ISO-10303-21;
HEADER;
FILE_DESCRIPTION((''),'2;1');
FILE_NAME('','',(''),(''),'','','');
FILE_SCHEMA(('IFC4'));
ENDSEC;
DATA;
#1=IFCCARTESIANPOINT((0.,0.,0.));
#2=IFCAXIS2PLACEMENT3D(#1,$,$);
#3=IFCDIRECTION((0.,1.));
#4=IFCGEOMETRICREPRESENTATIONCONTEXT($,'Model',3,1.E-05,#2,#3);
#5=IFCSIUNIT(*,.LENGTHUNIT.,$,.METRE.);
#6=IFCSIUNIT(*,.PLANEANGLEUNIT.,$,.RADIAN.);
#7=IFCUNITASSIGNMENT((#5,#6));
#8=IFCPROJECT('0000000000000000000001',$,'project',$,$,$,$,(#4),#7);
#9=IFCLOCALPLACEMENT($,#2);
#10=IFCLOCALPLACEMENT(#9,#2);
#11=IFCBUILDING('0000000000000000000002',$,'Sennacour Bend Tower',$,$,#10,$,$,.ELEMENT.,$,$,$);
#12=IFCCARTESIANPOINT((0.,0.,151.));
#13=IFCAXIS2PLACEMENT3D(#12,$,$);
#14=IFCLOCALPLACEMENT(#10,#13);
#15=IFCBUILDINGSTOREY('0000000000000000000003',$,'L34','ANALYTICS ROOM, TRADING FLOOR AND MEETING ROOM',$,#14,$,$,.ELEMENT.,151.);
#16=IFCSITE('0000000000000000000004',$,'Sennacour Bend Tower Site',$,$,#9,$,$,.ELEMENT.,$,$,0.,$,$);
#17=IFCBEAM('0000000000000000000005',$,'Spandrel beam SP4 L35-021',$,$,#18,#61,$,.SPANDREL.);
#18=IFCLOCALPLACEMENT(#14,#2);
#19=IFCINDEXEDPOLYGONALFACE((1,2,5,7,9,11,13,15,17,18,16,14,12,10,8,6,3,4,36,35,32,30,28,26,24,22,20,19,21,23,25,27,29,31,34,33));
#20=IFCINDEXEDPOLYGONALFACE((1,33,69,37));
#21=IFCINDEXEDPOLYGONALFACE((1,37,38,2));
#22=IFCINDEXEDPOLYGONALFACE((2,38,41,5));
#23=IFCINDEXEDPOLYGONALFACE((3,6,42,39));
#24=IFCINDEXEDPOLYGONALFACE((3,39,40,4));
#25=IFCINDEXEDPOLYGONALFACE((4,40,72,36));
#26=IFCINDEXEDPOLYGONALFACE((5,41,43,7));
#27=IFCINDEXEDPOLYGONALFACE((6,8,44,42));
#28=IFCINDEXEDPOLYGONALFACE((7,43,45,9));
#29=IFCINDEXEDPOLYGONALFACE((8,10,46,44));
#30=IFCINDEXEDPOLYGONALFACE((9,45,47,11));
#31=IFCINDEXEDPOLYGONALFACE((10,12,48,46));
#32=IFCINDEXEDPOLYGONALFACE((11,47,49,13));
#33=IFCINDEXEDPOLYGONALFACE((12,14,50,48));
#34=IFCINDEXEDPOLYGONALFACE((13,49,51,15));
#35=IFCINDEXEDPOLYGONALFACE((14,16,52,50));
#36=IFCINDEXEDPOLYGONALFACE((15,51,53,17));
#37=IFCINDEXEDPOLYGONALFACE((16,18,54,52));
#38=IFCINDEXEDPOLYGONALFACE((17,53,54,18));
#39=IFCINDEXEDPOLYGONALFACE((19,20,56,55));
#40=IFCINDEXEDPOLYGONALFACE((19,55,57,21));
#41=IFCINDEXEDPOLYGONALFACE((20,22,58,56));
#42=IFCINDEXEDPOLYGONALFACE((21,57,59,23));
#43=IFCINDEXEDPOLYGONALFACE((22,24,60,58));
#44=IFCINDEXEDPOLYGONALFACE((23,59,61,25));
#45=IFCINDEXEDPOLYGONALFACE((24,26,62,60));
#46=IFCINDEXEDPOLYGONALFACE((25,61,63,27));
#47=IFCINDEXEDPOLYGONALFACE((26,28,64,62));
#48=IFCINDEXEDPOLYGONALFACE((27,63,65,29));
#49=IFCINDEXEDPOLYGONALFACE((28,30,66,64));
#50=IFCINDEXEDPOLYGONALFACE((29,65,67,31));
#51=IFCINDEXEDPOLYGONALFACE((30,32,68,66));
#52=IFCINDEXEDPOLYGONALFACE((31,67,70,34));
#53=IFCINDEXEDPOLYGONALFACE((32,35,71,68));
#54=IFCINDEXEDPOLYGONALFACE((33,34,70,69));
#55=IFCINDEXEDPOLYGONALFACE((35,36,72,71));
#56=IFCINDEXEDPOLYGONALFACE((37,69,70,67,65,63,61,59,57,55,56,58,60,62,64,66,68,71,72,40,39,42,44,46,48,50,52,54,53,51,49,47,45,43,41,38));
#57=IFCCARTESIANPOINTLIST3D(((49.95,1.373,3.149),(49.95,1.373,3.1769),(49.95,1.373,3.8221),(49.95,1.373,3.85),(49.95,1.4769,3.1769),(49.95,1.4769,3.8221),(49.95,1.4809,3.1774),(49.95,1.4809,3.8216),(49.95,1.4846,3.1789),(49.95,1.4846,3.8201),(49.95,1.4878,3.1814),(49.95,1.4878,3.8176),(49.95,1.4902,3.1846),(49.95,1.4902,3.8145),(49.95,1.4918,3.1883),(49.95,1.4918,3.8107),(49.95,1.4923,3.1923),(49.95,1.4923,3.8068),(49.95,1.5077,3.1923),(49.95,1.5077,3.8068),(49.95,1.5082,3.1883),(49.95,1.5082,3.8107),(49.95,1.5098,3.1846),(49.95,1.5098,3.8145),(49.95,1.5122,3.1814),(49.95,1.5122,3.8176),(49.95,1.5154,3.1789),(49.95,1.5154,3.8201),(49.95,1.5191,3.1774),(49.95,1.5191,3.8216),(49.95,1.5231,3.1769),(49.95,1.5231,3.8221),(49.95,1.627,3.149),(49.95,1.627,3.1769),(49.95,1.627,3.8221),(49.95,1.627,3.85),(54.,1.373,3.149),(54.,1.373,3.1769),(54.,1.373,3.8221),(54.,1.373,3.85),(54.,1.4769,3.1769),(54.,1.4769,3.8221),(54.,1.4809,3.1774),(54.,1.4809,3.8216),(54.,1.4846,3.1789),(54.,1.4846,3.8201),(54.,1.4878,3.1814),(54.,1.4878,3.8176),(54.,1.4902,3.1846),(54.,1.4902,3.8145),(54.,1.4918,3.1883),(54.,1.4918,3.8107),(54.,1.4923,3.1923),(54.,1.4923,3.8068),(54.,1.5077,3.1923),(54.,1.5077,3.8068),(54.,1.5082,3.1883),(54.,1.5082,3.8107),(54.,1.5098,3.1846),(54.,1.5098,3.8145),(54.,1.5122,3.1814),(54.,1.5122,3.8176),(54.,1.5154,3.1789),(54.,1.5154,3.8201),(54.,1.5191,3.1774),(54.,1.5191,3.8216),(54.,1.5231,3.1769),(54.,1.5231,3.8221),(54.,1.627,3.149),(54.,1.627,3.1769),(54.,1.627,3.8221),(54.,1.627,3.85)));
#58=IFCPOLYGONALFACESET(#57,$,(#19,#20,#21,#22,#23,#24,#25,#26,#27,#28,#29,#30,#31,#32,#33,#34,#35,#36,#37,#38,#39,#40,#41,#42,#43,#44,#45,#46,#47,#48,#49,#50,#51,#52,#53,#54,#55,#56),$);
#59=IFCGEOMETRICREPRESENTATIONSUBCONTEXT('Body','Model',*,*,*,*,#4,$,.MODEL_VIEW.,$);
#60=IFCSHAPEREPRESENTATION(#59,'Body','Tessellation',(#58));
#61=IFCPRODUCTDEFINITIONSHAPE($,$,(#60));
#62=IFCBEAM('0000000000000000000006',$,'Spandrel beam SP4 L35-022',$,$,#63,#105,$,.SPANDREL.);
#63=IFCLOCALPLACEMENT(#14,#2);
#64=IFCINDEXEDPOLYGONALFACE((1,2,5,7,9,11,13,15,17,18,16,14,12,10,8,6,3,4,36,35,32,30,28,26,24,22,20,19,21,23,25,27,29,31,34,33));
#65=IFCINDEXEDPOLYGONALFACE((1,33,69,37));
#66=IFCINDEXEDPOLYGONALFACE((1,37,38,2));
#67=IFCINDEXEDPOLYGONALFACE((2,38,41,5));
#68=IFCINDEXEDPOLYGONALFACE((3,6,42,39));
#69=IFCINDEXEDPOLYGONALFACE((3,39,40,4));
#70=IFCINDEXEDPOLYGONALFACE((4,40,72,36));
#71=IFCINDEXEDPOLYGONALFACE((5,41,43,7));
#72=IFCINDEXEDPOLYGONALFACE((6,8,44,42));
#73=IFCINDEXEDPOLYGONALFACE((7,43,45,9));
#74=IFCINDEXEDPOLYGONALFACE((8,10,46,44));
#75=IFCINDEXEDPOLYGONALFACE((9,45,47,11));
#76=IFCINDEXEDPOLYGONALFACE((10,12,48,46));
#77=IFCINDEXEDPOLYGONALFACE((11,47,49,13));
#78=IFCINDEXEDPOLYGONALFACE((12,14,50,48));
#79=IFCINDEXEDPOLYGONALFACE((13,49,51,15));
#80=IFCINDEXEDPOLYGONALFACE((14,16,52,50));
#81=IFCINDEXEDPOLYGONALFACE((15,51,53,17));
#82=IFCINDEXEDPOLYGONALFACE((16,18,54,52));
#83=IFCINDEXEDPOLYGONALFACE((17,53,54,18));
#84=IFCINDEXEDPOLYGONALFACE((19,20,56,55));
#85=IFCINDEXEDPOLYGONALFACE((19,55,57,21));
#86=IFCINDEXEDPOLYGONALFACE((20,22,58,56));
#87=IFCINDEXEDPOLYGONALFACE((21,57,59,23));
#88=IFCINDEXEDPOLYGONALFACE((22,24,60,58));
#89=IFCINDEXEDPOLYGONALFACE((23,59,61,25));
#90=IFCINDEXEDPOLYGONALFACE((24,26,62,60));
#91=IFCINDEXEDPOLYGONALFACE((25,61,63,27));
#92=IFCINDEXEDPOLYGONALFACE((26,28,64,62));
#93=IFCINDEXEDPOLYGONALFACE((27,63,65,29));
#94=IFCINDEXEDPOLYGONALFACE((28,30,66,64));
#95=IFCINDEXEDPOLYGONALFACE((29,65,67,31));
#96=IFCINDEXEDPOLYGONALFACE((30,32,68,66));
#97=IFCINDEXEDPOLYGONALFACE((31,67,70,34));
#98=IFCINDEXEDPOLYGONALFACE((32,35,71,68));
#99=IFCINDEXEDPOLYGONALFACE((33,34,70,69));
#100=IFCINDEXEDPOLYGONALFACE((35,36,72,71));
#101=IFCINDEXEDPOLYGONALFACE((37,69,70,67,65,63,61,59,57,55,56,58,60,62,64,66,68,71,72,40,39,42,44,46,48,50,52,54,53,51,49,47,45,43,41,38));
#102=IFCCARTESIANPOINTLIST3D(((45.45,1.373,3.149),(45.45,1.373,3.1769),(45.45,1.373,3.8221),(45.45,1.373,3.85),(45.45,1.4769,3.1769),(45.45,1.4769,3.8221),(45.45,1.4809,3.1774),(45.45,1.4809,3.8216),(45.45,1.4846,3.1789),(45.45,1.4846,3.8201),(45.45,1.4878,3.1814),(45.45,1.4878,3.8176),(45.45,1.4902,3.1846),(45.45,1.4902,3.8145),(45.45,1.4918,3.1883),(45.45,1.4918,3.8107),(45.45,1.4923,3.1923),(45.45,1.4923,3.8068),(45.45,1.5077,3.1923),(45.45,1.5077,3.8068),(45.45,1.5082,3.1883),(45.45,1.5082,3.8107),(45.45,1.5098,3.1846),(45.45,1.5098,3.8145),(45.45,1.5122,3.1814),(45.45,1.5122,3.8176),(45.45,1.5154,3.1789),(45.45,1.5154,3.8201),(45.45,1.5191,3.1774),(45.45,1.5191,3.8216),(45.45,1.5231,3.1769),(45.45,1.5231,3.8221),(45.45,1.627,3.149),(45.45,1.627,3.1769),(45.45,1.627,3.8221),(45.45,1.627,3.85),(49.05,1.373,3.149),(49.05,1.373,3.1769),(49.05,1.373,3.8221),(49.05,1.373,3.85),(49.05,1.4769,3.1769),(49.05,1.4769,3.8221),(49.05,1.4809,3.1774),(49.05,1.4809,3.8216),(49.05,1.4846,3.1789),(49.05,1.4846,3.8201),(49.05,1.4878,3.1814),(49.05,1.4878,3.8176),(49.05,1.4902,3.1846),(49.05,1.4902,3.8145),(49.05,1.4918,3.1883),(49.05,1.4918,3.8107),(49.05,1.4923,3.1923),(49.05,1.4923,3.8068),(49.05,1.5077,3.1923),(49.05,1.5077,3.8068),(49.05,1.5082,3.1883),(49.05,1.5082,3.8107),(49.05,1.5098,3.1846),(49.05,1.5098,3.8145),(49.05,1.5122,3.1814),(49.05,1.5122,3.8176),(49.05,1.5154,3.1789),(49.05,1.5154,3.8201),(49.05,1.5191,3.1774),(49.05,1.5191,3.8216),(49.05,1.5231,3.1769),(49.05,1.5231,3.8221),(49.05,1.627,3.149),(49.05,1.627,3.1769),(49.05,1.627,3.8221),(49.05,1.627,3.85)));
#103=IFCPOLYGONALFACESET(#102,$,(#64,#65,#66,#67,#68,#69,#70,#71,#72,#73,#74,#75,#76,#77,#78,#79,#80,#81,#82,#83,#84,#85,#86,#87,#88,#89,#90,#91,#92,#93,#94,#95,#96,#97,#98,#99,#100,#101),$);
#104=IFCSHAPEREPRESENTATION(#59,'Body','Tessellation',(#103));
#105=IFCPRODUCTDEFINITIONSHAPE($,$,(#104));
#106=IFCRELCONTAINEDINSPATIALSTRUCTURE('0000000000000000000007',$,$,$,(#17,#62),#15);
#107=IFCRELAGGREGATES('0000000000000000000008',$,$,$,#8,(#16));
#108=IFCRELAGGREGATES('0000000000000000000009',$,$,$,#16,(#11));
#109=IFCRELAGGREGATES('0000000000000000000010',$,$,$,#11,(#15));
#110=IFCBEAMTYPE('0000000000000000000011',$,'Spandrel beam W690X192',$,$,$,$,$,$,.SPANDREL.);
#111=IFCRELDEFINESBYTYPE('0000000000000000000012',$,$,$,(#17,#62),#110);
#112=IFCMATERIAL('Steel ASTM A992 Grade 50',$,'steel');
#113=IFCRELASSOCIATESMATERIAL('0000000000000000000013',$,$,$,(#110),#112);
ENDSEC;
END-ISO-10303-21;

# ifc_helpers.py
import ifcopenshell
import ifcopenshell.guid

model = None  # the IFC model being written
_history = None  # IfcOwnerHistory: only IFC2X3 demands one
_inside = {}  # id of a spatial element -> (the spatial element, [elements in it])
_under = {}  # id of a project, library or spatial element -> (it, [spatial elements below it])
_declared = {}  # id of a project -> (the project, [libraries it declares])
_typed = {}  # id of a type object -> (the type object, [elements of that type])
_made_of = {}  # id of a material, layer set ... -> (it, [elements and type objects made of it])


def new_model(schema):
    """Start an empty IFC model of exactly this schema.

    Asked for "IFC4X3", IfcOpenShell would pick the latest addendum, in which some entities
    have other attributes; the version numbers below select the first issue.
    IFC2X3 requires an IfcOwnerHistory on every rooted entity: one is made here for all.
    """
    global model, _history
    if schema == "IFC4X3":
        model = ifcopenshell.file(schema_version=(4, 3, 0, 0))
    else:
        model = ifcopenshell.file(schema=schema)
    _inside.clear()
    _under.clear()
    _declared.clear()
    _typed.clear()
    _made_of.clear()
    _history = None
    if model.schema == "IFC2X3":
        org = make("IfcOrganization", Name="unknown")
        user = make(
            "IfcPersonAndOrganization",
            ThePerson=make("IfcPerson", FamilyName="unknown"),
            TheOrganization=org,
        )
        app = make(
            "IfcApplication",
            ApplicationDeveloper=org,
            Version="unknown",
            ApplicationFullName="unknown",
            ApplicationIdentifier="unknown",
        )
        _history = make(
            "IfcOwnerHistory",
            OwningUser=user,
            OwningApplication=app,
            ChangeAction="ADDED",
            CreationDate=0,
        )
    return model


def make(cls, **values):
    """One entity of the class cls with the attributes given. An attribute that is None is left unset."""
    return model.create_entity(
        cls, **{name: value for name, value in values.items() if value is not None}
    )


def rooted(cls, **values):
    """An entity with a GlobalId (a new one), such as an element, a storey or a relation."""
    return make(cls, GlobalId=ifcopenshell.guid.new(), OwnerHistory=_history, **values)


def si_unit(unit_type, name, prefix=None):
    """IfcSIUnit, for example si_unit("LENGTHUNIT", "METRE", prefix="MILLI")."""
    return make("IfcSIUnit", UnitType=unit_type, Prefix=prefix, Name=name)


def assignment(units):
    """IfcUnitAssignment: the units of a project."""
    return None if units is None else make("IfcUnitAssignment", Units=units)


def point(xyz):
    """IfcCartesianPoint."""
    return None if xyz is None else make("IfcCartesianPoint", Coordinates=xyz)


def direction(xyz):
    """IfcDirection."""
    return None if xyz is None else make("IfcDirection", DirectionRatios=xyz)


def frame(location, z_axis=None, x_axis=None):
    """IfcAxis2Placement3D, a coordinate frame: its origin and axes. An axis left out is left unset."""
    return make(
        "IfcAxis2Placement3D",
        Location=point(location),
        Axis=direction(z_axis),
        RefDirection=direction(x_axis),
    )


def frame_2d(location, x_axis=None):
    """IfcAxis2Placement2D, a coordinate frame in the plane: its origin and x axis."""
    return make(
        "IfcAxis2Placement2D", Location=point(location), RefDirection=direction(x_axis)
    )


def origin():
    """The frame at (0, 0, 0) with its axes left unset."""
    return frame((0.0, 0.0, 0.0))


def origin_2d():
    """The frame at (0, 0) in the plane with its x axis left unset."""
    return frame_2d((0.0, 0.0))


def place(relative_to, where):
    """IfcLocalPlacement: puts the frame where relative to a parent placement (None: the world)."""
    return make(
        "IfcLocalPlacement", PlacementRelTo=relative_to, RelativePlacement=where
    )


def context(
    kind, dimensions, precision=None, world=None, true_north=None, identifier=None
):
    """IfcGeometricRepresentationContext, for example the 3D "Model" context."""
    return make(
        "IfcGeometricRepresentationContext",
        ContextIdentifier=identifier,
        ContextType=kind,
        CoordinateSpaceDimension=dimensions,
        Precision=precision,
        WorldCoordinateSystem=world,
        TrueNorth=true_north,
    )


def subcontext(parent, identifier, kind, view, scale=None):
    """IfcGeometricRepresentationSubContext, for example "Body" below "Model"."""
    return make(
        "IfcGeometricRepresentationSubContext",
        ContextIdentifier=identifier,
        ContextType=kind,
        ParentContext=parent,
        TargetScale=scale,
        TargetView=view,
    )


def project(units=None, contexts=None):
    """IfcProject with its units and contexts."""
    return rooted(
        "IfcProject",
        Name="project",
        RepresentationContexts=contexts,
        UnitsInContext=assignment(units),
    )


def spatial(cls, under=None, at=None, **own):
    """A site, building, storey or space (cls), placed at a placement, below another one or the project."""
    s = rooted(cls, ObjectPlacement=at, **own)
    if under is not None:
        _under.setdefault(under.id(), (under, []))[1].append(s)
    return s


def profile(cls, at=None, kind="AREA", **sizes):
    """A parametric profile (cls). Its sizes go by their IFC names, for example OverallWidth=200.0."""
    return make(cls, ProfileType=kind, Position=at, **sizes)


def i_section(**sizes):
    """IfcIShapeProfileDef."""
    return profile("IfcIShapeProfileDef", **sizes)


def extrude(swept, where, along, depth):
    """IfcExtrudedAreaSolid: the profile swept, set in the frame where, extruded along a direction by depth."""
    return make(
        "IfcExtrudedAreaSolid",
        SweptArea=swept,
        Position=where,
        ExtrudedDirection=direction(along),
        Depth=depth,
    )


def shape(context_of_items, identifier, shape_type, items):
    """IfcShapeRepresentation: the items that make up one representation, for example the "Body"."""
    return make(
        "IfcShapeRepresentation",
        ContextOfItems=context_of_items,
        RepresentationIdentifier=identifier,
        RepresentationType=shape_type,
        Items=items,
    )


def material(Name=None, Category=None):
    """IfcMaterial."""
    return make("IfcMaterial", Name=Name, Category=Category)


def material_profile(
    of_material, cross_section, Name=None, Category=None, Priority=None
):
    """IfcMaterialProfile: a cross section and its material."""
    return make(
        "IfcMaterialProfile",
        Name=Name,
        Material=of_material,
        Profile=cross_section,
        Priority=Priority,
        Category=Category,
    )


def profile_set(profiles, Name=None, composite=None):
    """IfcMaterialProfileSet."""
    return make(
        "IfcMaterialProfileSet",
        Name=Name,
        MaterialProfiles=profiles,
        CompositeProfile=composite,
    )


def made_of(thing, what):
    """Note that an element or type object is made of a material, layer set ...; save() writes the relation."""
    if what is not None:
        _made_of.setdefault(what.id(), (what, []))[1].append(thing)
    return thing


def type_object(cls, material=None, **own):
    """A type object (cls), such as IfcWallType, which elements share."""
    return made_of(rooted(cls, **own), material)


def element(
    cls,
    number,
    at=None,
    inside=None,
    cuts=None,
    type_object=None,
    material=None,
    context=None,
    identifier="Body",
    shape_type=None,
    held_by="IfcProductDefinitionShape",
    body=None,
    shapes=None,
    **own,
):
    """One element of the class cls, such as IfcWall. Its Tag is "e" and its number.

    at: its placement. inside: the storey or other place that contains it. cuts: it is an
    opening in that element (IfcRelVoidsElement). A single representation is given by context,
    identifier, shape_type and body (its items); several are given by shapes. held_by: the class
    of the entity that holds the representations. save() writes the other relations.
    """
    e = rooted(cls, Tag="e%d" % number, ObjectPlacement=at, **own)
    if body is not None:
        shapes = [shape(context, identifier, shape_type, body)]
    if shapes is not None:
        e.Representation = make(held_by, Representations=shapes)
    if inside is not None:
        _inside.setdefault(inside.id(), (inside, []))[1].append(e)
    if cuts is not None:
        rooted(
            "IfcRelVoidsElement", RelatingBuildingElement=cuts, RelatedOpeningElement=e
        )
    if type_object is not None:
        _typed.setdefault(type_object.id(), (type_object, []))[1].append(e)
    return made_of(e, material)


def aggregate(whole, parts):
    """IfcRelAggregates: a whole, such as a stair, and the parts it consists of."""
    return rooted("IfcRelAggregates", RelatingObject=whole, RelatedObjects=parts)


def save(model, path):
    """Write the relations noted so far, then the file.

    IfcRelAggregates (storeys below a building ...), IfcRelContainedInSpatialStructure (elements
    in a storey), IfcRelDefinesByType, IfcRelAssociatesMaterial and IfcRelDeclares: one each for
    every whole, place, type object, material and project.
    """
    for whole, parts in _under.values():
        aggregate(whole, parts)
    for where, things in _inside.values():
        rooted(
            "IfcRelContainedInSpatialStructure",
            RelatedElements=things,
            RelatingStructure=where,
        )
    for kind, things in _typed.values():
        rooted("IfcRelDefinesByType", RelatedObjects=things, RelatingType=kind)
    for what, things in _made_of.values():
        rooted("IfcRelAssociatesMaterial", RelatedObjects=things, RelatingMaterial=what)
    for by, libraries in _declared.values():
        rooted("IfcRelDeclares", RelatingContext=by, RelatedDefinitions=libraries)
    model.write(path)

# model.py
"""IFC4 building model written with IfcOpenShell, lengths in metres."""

from ifc_helpers import new_model, si_unit, direction, frame, origin, origin_2d, place, context, subcontext, project, spatial, i_section, extrude, material, material_profile, profile_set, type_object, element, save


model = new_model("IFC4")

# Units and contexts
model_context = context("Model", 3, precision=1e-05, world=origin(), true_north=direction((0.0, 1.0)))
body_context = subcontext(model_context, "Body", "Model", "MODEL_VIEW")
ifc_project = project(units=[si_unit("LENGTHUNIT", "METRE"), si_unit("PLANEANGLEUNIT", "RADIAN")], contexts=[model_context])

# Site, building, storey
site_placement = place(None, origin())
site = spatial("IfcSite", under=ifc_project, at=site_placement, Name="Sennacour Bend Tower Site", CompositionType="ELEMENT", RefElevation=0.0)
building_placement = place(site_placement, origin())
building = spatial("IfcBuilding", under=site, at=building_placement, Name="Sennacour Bend Tower", CompositionType="ELEMENT")
storey_placement = place(building_placement, frame((0.0, 0.0, 151.0)))
storey = spatial("IfcBuildingStorey", under=building, at=storey_placement, Name="L34", Description="ANALYTICS ROOM, TRADING FLOOR AND MEETING ROOM", CompositionType="ELEMENT", Elevation=151.0)

# Beams
ifc_material_1 = material(Name="Steel ASTM A992 Grade 50", Category="steel")
ifc_material_profile_1 = material_profile(ifc_material_1, i_section(OverallWidth=0.2539, OverallDepth=0.7009, WebThickness=0.0154, FlangeThickness=0.0278, FilletRadius=0.0154, at=origin_2d()), Name="Steel ASTM A992 Grade 50", Category="steel")
ifc_profile_set_1 = profile_set([ifc_material_profile_1], Name="Steel ASTM A992 Grade 50")
beam_type_1 = type_object("IfcBeamType", Name="Spandrel beam W690X192", PredefinedType="SPANDREL", material=ifc_profile_set_1)
beam_1_placement = place(storey_placement, frame((54.0, 1.5, 3.4995), z_axis=(-1.0, 0.0, 0.0), x_axis=(0.0, -1.0, 0.0)))
element("IfcBeam", 1, at=beam_1_placement, inside=storey, type_object=beam_type_1, Name="Spandrel beam SP4 L35-021", PredefinedType="SPANDREL", context=body_context, shape_type="SweptSolid", body=[
    extrude(i_section(OverallWidth=0.2539, OverallDepth=0.7009, WebThickness=0.0154, FlangeThickness=0.0278, FilletRadius=0.0154, at=origin_2d()), origin(), (0.0, 0.0, 1.0), 4.05),
])
beam_2_placement = place(storey_placement, frame((49.05, 1.5, 3.4995), z_axis=(-1.0, 0.0, 0.0), x_axis=(0.0, -1.0, 0.0)))
element("IfcBeam", 2, at=beam_2_placement, inside=storey, type_object=beam_type_1, Name="Spandrel beam SP4 L35-022", PredefinedType="SPANDREL", context=body_context, shape_type="SweptSolid", body=[
    extrude(i_section(OverallWidth=0.2539, OverallDepth=0.7009, WebThickness=0.0154, FlangeThickness=0.0278, FilletRadius=0.0154, at=origin_2d()), origin(), (0.0, 0.0, 1.0), 3.6001),
])

save(model, "model.ifc")
